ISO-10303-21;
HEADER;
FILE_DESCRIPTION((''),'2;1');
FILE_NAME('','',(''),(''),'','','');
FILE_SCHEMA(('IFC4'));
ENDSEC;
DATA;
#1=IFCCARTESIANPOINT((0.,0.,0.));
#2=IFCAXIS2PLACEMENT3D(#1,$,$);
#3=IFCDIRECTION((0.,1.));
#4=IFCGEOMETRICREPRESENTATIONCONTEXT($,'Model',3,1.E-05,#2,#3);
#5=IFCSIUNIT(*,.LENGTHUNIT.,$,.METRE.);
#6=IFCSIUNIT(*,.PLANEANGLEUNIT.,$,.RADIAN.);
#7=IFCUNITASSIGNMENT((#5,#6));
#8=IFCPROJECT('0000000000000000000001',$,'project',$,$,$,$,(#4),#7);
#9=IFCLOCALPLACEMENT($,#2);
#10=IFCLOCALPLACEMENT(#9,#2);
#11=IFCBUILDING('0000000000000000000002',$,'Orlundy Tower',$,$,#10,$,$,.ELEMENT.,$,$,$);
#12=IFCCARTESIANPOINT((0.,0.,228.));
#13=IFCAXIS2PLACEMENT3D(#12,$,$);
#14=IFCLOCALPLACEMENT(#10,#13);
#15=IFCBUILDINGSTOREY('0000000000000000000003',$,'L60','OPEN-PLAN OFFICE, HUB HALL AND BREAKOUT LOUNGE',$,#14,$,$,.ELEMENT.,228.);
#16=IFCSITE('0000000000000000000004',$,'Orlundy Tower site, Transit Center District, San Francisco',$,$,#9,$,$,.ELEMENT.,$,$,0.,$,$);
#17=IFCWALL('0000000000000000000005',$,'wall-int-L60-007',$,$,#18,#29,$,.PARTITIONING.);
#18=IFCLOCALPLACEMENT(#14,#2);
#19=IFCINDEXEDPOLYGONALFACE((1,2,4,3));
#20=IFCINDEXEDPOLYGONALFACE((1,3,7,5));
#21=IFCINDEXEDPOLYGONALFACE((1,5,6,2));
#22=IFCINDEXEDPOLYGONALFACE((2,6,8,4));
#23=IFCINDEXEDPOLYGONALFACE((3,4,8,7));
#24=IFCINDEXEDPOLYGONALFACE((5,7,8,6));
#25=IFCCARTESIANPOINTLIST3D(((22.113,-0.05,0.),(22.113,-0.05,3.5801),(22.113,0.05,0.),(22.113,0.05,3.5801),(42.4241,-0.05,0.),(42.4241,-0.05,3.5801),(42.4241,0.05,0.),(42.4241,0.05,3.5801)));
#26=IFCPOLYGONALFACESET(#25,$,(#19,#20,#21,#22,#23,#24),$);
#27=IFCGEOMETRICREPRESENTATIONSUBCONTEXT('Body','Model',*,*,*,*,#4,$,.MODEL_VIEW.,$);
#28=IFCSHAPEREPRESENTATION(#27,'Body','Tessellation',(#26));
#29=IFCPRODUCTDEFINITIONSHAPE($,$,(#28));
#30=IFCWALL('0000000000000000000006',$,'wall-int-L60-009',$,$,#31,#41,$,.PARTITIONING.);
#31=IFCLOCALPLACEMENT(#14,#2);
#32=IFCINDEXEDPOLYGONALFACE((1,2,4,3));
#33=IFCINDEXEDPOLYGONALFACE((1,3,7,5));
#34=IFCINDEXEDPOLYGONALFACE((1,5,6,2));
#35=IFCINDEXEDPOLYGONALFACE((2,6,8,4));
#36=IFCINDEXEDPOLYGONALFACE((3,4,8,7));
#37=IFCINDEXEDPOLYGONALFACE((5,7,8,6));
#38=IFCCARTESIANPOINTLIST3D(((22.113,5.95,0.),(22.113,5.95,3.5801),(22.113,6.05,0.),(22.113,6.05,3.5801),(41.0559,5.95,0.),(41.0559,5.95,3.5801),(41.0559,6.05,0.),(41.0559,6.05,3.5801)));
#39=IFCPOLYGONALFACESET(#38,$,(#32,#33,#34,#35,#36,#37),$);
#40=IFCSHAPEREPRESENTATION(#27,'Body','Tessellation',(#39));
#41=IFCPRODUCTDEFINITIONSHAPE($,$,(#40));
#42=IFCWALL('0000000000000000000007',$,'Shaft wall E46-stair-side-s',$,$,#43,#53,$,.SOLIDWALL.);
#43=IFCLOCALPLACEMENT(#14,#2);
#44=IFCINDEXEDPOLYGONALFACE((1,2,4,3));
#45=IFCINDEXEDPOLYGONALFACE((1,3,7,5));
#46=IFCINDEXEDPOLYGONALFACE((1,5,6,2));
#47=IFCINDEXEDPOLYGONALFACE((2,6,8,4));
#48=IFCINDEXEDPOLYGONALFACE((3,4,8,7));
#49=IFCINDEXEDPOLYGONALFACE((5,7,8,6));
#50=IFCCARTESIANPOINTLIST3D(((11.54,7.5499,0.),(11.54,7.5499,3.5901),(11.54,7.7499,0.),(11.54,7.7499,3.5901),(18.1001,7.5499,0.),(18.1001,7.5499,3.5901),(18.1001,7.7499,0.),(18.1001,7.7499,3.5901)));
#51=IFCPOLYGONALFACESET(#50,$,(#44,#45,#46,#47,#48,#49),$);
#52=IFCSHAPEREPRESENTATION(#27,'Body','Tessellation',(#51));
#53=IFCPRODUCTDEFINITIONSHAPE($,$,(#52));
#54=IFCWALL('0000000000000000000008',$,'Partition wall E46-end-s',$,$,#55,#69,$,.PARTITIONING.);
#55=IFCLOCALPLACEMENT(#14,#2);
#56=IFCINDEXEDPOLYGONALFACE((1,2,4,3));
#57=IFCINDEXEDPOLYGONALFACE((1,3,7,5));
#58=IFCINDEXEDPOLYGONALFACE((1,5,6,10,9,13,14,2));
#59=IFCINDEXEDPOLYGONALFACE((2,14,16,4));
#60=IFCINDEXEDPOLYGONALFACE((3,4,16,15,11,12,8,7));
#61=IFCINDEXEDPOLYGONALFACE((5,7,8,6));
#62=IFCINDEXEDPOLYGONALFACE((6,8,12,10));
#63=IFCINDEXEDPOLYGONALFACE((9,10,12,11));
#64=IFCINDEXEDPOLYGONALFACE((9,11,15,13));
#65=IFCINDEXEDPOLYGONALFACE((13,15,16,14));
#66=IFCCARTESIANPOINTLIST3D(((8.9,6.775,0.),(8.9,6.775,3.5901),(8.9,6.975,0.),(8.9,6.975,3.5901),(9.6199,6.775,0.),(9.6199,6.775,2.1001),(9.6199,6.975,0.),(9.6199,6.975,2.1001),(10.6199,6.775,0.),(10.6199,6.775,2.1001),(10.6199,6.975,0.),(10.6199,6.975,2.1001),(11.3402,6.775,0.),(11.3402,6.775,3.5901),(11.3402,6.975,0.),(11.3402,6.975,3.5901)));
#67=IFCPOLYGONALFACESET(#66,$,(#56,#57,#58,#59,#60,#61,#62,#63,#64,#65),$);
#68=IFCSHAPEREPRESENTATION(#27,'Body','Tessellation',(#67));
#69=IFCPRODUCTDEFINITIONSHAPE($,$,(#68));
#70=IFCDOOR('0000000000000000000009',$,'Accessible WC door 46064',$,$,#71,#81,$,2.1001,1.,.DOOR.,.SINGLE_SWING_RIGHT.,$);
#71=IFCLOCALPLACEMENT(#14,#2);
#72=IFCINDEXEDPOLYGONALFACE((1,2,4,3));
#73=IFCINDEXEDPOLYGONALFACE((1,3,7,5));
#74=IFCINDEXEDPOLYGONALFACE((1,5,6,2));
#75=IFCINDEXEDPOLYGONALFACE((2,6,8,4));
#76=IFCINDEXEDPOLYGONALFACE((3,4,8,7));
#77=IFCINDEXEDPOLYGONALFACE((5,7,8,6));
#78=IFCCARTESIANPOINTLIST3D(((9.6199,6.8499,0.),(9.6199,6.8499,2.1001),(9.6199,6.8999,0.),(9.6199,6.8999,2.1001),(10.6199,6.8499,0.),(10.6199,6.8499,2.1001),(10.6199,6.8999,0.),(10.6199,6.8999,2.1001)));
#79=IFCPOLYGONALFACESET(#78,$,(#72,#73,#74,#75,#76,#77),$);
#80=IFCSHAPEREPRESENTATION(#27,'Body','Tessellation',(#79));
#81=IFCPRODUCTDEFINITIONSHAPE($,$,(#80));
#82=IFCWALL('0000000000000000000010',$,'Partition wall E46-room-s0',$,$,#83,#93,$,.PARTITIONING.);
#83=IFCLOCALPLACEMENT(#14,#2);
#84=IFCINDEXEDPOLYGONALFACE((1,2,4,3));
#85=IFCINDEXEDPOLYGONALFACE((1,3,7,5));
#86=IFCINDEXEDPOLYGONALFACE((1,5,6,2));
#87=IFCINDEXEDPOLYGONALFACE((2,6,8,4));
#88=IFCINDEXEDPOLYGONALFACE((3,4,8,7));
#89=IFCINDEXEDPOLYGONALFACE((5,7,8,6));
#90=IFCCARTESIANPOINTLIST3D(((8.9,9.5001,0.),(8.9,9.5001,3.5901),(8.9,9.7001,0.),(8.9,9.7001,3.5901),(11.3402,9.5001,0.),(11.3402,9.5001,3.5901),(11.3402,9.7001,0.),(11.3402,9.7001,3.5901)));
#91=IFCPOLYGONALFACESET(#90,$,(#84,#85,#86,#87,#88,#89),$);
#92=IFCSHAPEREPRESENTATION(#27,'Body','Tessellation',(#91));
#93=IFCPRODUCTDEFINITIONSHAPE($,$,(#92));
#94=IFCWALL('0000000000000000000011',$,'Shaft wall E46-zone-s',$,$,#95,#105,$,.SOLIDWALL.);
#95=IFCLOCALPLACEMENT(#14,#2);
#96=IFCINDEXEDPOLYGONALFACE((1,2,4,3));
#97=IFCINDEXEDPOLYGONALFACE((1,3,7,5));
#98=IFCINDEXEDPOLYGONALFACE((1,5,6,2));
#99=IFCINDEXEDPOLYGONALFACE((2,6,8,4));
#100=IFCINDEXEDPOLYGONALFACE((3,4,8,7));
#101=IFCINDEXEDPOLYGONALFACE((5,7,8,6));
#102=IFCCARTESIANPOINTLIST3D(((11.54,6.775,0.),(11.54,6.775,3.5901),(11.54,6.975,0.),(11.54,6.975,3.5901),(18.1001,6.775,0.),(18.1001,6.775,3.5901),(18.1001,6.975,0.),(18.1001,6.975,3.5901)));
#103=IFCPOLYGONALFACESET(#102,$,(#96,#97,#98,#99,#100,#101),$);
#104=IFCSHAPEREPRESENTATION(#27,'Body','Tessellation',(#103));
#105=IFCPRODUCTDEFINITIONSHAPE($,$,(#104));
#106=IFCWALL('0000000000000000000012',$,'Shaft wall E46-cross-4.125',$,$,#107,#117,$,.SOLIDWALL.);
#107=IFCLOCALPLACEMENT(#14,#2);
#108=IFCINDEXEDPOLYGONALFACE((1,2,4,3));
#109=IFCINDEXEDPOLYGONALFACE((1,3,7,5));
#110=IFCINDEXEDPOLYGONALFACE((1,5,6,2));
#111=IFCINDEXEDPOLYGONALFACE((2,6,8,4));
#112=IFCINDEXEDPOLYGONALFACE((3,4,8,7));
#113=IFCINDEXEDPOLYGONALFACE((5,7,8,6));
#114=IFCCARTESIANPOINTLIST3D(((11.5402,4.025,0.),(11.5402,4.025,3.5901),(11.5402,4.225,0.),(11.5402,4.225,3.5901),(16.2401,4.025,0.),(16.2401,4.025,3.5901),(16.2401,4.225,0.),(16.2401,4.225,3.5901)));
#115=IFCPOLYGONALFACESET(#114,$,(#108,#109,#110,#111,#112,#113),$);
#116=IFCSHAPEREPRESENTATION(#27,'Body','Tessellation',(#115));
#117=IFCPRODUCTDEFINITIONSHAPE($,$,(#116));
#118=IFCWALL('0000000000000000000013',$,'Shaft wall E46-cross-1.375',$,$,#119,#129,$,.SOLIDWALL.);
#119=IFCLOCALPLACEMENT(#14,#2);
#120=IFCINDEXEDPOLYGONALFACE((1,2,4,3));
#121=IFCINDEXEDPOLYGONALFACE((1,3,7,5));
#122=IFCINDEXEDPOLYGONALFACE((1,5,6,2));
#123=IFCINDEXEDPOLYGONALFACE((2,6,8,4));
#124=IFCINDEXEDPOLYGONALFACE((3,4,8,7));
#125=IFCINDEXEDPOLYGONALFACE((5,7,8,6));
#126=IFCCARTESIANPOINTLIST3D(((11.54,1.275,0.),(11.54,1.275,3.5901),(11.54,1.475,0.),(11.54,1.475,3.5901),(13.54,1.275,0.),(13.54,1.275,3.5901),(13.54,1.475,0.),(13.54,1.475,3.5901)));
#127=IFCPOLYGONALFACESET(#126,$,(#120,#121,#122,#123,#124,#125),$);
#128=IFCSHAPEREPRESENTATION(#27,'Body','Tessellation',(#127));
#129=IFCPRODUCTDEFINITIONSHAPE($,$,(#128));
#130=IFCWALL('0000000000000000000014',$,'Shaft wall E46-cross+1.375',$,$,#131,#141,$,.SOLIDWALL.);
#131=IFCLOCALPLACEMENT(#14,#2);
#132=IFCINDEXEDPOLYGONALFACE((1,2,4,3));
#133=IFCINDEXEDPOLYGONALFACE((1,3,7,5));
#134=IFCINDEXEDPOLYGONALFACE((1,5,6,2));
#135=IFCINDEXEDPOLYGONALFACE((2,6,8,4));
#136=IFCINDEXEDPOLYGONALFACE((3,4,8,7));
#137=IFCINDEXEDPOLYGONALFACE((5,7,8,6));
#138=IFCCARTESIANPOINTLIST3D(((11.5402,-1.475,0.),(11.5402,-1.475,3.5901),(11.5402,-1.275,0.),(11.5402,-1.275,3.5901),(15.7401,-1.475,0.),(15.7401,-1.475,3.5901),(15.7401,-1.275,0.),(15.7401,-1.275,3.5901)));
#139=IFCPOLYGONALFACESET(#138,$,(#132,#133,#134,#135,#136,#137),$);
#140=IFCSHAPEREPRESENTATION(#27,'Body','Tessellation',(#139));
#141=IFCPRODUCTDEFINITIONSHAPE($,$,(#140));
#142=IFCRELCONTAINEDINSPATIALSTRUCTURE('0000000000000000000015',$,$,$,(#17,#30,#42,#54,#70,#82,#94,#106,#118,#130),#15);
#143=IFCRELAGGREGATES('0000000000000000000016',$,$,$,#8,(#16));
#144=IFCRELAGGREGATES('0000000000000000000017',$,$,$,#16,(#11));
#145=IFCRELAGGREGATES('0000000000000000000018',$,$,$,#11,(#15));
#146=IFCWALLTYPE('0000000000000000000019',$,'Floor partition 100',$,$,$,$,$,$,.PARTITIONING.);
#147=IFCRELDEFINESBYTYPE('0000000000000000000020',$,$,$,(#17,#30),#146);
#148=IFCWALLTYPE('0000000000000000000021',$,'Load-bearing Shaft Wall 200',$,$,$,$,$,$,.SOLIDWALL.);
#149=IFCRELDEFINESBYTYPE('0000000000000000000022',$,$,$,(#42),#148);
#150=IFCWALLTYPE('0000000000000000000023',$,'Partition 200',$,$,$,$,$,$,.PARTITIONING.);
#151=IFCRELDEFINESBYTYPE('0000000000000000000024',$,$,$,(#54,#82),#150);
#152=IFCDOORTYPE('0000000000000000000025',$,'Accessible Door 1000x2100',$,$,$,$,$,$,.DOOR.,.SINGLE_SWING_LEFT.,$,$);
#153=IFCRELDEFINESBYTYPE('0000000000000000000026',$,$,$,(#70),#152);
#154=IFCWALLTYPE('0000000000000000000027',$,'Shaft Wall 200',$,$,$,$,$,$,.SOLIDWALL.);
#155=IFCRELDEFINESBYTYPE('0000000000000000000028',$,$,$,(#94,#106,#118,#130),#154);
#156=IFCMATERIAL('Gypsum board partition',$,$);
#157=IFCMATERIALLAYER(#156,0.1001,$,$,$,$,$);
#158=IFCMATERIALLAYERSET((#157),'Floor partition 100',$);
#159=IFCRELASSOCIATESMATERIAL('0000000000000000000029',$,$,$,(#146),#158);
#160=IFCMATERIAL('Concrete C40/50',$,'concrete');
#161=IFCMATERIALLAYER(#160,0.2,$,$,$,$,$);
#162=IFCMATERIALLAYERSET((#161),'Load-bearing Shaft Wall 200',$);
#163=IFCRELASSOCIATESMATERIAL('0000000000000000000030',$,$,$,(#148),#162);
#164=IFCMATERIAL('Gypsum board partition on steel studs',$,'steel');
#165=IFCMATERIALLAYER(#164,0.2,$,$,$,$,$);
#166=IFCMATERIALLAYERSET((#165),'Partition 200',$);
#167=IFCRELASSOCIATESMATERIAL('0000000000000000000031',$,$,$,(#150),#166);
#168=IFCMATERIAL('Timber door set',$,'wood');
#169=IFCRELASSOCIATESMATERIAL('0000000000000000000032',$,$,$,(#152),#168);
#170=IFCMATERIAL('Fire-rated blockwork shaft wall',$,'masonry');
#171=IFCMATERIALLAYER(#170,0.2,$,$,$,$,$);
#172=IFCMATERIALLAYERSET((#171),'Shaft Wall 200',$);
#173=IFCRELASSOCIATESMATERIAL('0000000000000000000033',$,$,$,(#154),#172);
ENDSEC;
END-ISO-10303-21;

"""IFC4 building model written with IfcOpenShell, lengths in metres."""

from ifc_helpers import new_model, si_unit, direction, frame, frame_2d, origin, place, context, subcontext, project, spatial, rectangle, extrude, material, layer, layer_set, type_object, element, fill, save


model = new_model("IFC4")

# Units and contexts
model_context = context("Model", 3, precision=1e-05, world=origin(), true_north=direction((0.0, 1.0)))
body_context = subcontext(model_context, "Body", "Model", "MODEL_VIEW")
ifc_project = project(units=[si_unit("LENGTHUNIT", "METRE"), si_unit("PLANEANGLEUNIT", "RADIAN")], contexts=[model_context])

# Site, building, storey
site_placement = place(None, origin())
site = spatial("IfcSite", under=ifc_project, at=site_placement, Name="Orlundy Tower site, Transit Center District, San Francisco", CompositionType="ELEMENT", RefElevation=0.0)
building_placement = place(site_placement, origin())
building = spatial("IfcBuilding", under=site, at=building_placement, Name="Orlundy Tower", CompositionType="ELEMENT")
storey_placement = place(building_placement, frame((0.0, 0.0, 228.0)))
storey = spatial("IfcBuildingStorey", under=building, at=storey_placement, Name="L60", Description="OPEN-PLAN OFFICE, HUB HALL AND BREAKOUT LOUNGE", CompositionType="ELEMENT", Elevation=228.0)

# Walls
ifc_material_1 = material(Name="Gypsum board partition")
ifc_layer_1 = layer(ifc_material_1, 0.1001)
ifc_layer_set_1 = layer_set([ifc_layer_1], Name="Floor partition 100")
wall_type_1 = type_object("IfcWallType", Name="Floor partition 100", PredefinedType="PARTITIONING", material=ifc_layer_set_1)
wall_1_placement = place(storey_placement, frame((22.113, 0.0, 0.0), z_axis=(0.0, 0.0, 1.0), x_axis=(1.0, 0.0, 0.0)))
element("IfcWall", 1, at=wall_1_placement, inside=storey, type_object=wall_type_1, Name="wall-int-L60-007", PredefinedType="PARTITIONING", context=body_context, shape_type="SweptSolid", body=[
    extrude(rectangle(XDim=20.311, YDim=0.1001, at=frame_2d((10.1555, 0.0))), origin(), (0.0, 0.0, 1.0), 3.5801),
])
wall_2_placement = place(storey_placement, frame((22.113, 6.0, 0.0), z_axis=(0.0, 0.0, 1.0), x_axis=(1.0, 0.0, 0.0)))
element("IfcWall", 2, at=wall_2_placement, inside=storey, type_object=wall_type_1, Name="wall-int-L60-009", PredefinedType="PARTITIONING", context=body_context, shape_type="SweptSolid", body=[
    extrude(rectangle(XDim=18.9429, YDim=0.1001, at=frame_2d((9.4714, 0.0))), origin(), (0.0, 0.0, 1.0), 3.5801),
])
ifc_material_2 = material(Name="Concrete C40/50", Category="concrete")
ifc_layer_2 = layer(ifc_material_2, 0.2)
ifc_layer_set_2 = layer_set([ifc_layer_2], Name="Load-bearing Shaft Wall 200")
wall_type_2 = type_object("IfcWallType", Name="Load-bearing Shaft Wall 200", PredefinedType="SOLIDWALL", material=ifc_layer_set_2)
wall_3_placement = place(storey_placement, frame((11.54, 7.6499, 0.0), z_axis=(0.0, 0.0, 1.0), x_axis=(1.0, 0.0, 0.0)))
element("IfcWall", 3, at=wall_3_placement, inside=storey, type_object=wall_type_2, Name="Shaft wall E46-stair-side-s", PredefinedType="SOLIDWALL", context=body_context, shape_type="SweptSolid", body=[
    extrude(rectangle(XDim=6.5601, YDim=0.2, at=frame_2d((3.28, 0.0))), origin(), (0.0, 0.0, 1.0), 3.5901),
])

# Wall, opening, door
ifc_material_3 = material(Name="Gypsum board partition on steel studs", Category="steel")
ifc_layer_3 = layer(ifc_material_3, 0.2)
ifc_layer_set_3 = layer_set([ifc_layer_3], Name="Partition 200")
wall_type_3 = type_object("IfcWallType", Name="Partition 200", PredefinedType="PARTITIONING", material=ifc_layer_set_3)
wall_4_placement = place(storey_placement, frame((8.8999, 6.875, 0.0), z_axis=(0.0, 0.0, 1.0), x_axis=(1.0, 0.0, 0.0)))
wall_4 = element("IfcWall", 4, at=wall_4_placement, inside=storey, type_object=wall_type_3, Name="Partition wall E46-end-s", PredefinedType="PARTITIONING", context=body_context, shape_type="SweptSolid", body=[
    extrude(rectangle(XDim=2.4402, YDim=0.2, at=frame_2d((1.2202, 0.0))), origin(), (0.0, 0.0, 1.0), 3.5901),
])
opening_1_placement = place(wall_4_placement, frame((0.72, 0.0, 0.0)))
opening_1 = element("IfcOpeningElement", 5, at=opening_1_placement, cuts=wall_4, PredefinedType="OPENING", context=body_context, shape_type="SweptSolid", body=[
    extrude(rectangle(XDim=1.0, YDim=2.1001, at=frame_2d((0.5, 1.05))), frame((0.0, 0.1101, 0.0), z_axis=(0.0, -1.0, 0.0), x_axis=(1.0, 0.0, 0.0)), (0.0, 0.0, 1.0), 0.2202),
])
ifc_material_4 = material(Name="Timber door set", Category="wood")
door_type_1 = type_object("IfcDoorType", Name="Accessible Door 1000x2100", OperationType="SINGLE_SWING_LEFT", PredefinedType="DOOR", material=ifc_material_4)
door_1_placement = place(opening_1_placement, origin())
door_1 = element("IfcDoor", 6, at=door_1_placement, inside=storey, type_object=door_type_1, Name="Accessible WC door 46064", OperationType="SINGLE_SWING_RIGHT", OverallHeight=2.1001, OverallWidth=1.0, PredefinedType="DOOR", context=body_context, shape_type="SweptSolid", body=[
    extrude(rectangle(XDim=1.0, YDim=2.1001, at=frame_2d((0.5, 1.05))), frame((0.0, 0.0249, 0.0), z_axis=(0.0, -1.0, 0.0), x_axis=(1.0, 0.0, 0.0)), (0.0, 0.0, 1.0), 0.05),
])
fill(opening_1, door_1)

# Walls
wall_5_placement = place(storey_placement, frame((8.8999, 9.6001, 0.0), z_axis=(0.0, 0.0, 1.0), x_axis=(1.0, 0.0, 0.0)))
element("IfcWall", 7, at=wall_5_placement, inside=storey, type_object=wall_type_3, Name="Partition wall E46-room-s0", PredefinedType="PARTITIONING", context=body_context, shape_type="SweptSolid", body=[
    extrude(rectangle(XDim=2.4402, YDim=0.2, at=frame_2d((1.2202, 0.0))), origin(), (0.0, 0.0, 1.0), 3.5901),
])
ifc_material_5 = material(Name="Fire-rated blockwork shaft wall", Category="masonry")
ifc_layer_4 = layer(ifc_material_5, 0.2)
ifc_layer_set_4 = layer_set([ifc_layer_4], Name="Shaft Wall 200")
wall_type_4 = type_object("IfcWallType", Name="Shaft Wall 200", PredefinedType="SOLIDWALL", material=ifc_layer_set_4)
wall_6_placement = place(storey_placement, frame((11.54, 6.875, 0.0), z_axis=(0.0, 0.0, 1.0), x_axis=(1.0, 0.0, 0.0)))
element("IfcWall", 8, at=wall_6_placement, inside=storey, type_object=wall_type_4, Name="Shaft wall E46-zone-s", PredefinedType="SOLIDWALL", context=body_context, shape_type="SweptSolid", body=[
    extrude(rectangle(XDim=6.5601, YDim=0.2, at=frame_2d((3.28, 0.0))), origin(), (0.0, 0.0, 1.0), 3.5901),
])
wall_7_placement = place(storey_placement, frame((11.54, 4.125, 0.0), z_axis=(0.0, 0.0, 1.0), x_axis=(1.0, 0.0, 0.0)))
element("IfcWall", 9, at=wall_7_placement, inside=storey, type_object=wall_type_4, Name="Shaft wall E46-cross-4.125", PredefinedType="SOLIDWALL", context=body_context, shape_type="SweptSolid", body=[
    extrude(rectangle(XDim=4.7, YDim=0.2, at=frame_2d((2.3501, 0.0))), origin(), (0.0, 0.0, 1.0), 3.5901),
])
wall_8_placement = place(storey_placement, frame((11.54, 1.375, 0.0), z_axis=(0.0, 0.0, 1.0), x_axis=(1.0, 0.0, 0.0)))
element("IfcWall", 10, at=wall_8_placement, inside=storey, type_object=wall_type_4, Name="Shaft wall E46-cross-1.375", PredefinedType="SOLIDWALL", context=body_context, shape_type="SweptSolid", body=[
    extrude(rectangle(XDim=2.0, YDim=0.2, at=frame_2d((1.0, 0.0))), origin(), (0.0, 0.0, 1.0), 3.5901),
])
wall_9_placement = place(storey_placement, frame((11.54, -1.375, 0.0), z_axis=(0.0, 0.0, 1.0), x_axis=(1.0, 0.0, 0.0)))
element("IfcWall", 11, at=wall_9_placement, inside=storey, type_object=wall_type_4, Name="Shaft wall E46-cross+1.375", PredefinedType="SOLIDWALL", context=body_context, shape_type="SweptSolid", body=[
    extrude(rectangle(XDim=4.2, YDim=0.2, at=frame_2d((2.1001, 0.0))), origin(), (0.0, 0.0, 1.0), 3.5901),
])

save(model, "model.ifc")
